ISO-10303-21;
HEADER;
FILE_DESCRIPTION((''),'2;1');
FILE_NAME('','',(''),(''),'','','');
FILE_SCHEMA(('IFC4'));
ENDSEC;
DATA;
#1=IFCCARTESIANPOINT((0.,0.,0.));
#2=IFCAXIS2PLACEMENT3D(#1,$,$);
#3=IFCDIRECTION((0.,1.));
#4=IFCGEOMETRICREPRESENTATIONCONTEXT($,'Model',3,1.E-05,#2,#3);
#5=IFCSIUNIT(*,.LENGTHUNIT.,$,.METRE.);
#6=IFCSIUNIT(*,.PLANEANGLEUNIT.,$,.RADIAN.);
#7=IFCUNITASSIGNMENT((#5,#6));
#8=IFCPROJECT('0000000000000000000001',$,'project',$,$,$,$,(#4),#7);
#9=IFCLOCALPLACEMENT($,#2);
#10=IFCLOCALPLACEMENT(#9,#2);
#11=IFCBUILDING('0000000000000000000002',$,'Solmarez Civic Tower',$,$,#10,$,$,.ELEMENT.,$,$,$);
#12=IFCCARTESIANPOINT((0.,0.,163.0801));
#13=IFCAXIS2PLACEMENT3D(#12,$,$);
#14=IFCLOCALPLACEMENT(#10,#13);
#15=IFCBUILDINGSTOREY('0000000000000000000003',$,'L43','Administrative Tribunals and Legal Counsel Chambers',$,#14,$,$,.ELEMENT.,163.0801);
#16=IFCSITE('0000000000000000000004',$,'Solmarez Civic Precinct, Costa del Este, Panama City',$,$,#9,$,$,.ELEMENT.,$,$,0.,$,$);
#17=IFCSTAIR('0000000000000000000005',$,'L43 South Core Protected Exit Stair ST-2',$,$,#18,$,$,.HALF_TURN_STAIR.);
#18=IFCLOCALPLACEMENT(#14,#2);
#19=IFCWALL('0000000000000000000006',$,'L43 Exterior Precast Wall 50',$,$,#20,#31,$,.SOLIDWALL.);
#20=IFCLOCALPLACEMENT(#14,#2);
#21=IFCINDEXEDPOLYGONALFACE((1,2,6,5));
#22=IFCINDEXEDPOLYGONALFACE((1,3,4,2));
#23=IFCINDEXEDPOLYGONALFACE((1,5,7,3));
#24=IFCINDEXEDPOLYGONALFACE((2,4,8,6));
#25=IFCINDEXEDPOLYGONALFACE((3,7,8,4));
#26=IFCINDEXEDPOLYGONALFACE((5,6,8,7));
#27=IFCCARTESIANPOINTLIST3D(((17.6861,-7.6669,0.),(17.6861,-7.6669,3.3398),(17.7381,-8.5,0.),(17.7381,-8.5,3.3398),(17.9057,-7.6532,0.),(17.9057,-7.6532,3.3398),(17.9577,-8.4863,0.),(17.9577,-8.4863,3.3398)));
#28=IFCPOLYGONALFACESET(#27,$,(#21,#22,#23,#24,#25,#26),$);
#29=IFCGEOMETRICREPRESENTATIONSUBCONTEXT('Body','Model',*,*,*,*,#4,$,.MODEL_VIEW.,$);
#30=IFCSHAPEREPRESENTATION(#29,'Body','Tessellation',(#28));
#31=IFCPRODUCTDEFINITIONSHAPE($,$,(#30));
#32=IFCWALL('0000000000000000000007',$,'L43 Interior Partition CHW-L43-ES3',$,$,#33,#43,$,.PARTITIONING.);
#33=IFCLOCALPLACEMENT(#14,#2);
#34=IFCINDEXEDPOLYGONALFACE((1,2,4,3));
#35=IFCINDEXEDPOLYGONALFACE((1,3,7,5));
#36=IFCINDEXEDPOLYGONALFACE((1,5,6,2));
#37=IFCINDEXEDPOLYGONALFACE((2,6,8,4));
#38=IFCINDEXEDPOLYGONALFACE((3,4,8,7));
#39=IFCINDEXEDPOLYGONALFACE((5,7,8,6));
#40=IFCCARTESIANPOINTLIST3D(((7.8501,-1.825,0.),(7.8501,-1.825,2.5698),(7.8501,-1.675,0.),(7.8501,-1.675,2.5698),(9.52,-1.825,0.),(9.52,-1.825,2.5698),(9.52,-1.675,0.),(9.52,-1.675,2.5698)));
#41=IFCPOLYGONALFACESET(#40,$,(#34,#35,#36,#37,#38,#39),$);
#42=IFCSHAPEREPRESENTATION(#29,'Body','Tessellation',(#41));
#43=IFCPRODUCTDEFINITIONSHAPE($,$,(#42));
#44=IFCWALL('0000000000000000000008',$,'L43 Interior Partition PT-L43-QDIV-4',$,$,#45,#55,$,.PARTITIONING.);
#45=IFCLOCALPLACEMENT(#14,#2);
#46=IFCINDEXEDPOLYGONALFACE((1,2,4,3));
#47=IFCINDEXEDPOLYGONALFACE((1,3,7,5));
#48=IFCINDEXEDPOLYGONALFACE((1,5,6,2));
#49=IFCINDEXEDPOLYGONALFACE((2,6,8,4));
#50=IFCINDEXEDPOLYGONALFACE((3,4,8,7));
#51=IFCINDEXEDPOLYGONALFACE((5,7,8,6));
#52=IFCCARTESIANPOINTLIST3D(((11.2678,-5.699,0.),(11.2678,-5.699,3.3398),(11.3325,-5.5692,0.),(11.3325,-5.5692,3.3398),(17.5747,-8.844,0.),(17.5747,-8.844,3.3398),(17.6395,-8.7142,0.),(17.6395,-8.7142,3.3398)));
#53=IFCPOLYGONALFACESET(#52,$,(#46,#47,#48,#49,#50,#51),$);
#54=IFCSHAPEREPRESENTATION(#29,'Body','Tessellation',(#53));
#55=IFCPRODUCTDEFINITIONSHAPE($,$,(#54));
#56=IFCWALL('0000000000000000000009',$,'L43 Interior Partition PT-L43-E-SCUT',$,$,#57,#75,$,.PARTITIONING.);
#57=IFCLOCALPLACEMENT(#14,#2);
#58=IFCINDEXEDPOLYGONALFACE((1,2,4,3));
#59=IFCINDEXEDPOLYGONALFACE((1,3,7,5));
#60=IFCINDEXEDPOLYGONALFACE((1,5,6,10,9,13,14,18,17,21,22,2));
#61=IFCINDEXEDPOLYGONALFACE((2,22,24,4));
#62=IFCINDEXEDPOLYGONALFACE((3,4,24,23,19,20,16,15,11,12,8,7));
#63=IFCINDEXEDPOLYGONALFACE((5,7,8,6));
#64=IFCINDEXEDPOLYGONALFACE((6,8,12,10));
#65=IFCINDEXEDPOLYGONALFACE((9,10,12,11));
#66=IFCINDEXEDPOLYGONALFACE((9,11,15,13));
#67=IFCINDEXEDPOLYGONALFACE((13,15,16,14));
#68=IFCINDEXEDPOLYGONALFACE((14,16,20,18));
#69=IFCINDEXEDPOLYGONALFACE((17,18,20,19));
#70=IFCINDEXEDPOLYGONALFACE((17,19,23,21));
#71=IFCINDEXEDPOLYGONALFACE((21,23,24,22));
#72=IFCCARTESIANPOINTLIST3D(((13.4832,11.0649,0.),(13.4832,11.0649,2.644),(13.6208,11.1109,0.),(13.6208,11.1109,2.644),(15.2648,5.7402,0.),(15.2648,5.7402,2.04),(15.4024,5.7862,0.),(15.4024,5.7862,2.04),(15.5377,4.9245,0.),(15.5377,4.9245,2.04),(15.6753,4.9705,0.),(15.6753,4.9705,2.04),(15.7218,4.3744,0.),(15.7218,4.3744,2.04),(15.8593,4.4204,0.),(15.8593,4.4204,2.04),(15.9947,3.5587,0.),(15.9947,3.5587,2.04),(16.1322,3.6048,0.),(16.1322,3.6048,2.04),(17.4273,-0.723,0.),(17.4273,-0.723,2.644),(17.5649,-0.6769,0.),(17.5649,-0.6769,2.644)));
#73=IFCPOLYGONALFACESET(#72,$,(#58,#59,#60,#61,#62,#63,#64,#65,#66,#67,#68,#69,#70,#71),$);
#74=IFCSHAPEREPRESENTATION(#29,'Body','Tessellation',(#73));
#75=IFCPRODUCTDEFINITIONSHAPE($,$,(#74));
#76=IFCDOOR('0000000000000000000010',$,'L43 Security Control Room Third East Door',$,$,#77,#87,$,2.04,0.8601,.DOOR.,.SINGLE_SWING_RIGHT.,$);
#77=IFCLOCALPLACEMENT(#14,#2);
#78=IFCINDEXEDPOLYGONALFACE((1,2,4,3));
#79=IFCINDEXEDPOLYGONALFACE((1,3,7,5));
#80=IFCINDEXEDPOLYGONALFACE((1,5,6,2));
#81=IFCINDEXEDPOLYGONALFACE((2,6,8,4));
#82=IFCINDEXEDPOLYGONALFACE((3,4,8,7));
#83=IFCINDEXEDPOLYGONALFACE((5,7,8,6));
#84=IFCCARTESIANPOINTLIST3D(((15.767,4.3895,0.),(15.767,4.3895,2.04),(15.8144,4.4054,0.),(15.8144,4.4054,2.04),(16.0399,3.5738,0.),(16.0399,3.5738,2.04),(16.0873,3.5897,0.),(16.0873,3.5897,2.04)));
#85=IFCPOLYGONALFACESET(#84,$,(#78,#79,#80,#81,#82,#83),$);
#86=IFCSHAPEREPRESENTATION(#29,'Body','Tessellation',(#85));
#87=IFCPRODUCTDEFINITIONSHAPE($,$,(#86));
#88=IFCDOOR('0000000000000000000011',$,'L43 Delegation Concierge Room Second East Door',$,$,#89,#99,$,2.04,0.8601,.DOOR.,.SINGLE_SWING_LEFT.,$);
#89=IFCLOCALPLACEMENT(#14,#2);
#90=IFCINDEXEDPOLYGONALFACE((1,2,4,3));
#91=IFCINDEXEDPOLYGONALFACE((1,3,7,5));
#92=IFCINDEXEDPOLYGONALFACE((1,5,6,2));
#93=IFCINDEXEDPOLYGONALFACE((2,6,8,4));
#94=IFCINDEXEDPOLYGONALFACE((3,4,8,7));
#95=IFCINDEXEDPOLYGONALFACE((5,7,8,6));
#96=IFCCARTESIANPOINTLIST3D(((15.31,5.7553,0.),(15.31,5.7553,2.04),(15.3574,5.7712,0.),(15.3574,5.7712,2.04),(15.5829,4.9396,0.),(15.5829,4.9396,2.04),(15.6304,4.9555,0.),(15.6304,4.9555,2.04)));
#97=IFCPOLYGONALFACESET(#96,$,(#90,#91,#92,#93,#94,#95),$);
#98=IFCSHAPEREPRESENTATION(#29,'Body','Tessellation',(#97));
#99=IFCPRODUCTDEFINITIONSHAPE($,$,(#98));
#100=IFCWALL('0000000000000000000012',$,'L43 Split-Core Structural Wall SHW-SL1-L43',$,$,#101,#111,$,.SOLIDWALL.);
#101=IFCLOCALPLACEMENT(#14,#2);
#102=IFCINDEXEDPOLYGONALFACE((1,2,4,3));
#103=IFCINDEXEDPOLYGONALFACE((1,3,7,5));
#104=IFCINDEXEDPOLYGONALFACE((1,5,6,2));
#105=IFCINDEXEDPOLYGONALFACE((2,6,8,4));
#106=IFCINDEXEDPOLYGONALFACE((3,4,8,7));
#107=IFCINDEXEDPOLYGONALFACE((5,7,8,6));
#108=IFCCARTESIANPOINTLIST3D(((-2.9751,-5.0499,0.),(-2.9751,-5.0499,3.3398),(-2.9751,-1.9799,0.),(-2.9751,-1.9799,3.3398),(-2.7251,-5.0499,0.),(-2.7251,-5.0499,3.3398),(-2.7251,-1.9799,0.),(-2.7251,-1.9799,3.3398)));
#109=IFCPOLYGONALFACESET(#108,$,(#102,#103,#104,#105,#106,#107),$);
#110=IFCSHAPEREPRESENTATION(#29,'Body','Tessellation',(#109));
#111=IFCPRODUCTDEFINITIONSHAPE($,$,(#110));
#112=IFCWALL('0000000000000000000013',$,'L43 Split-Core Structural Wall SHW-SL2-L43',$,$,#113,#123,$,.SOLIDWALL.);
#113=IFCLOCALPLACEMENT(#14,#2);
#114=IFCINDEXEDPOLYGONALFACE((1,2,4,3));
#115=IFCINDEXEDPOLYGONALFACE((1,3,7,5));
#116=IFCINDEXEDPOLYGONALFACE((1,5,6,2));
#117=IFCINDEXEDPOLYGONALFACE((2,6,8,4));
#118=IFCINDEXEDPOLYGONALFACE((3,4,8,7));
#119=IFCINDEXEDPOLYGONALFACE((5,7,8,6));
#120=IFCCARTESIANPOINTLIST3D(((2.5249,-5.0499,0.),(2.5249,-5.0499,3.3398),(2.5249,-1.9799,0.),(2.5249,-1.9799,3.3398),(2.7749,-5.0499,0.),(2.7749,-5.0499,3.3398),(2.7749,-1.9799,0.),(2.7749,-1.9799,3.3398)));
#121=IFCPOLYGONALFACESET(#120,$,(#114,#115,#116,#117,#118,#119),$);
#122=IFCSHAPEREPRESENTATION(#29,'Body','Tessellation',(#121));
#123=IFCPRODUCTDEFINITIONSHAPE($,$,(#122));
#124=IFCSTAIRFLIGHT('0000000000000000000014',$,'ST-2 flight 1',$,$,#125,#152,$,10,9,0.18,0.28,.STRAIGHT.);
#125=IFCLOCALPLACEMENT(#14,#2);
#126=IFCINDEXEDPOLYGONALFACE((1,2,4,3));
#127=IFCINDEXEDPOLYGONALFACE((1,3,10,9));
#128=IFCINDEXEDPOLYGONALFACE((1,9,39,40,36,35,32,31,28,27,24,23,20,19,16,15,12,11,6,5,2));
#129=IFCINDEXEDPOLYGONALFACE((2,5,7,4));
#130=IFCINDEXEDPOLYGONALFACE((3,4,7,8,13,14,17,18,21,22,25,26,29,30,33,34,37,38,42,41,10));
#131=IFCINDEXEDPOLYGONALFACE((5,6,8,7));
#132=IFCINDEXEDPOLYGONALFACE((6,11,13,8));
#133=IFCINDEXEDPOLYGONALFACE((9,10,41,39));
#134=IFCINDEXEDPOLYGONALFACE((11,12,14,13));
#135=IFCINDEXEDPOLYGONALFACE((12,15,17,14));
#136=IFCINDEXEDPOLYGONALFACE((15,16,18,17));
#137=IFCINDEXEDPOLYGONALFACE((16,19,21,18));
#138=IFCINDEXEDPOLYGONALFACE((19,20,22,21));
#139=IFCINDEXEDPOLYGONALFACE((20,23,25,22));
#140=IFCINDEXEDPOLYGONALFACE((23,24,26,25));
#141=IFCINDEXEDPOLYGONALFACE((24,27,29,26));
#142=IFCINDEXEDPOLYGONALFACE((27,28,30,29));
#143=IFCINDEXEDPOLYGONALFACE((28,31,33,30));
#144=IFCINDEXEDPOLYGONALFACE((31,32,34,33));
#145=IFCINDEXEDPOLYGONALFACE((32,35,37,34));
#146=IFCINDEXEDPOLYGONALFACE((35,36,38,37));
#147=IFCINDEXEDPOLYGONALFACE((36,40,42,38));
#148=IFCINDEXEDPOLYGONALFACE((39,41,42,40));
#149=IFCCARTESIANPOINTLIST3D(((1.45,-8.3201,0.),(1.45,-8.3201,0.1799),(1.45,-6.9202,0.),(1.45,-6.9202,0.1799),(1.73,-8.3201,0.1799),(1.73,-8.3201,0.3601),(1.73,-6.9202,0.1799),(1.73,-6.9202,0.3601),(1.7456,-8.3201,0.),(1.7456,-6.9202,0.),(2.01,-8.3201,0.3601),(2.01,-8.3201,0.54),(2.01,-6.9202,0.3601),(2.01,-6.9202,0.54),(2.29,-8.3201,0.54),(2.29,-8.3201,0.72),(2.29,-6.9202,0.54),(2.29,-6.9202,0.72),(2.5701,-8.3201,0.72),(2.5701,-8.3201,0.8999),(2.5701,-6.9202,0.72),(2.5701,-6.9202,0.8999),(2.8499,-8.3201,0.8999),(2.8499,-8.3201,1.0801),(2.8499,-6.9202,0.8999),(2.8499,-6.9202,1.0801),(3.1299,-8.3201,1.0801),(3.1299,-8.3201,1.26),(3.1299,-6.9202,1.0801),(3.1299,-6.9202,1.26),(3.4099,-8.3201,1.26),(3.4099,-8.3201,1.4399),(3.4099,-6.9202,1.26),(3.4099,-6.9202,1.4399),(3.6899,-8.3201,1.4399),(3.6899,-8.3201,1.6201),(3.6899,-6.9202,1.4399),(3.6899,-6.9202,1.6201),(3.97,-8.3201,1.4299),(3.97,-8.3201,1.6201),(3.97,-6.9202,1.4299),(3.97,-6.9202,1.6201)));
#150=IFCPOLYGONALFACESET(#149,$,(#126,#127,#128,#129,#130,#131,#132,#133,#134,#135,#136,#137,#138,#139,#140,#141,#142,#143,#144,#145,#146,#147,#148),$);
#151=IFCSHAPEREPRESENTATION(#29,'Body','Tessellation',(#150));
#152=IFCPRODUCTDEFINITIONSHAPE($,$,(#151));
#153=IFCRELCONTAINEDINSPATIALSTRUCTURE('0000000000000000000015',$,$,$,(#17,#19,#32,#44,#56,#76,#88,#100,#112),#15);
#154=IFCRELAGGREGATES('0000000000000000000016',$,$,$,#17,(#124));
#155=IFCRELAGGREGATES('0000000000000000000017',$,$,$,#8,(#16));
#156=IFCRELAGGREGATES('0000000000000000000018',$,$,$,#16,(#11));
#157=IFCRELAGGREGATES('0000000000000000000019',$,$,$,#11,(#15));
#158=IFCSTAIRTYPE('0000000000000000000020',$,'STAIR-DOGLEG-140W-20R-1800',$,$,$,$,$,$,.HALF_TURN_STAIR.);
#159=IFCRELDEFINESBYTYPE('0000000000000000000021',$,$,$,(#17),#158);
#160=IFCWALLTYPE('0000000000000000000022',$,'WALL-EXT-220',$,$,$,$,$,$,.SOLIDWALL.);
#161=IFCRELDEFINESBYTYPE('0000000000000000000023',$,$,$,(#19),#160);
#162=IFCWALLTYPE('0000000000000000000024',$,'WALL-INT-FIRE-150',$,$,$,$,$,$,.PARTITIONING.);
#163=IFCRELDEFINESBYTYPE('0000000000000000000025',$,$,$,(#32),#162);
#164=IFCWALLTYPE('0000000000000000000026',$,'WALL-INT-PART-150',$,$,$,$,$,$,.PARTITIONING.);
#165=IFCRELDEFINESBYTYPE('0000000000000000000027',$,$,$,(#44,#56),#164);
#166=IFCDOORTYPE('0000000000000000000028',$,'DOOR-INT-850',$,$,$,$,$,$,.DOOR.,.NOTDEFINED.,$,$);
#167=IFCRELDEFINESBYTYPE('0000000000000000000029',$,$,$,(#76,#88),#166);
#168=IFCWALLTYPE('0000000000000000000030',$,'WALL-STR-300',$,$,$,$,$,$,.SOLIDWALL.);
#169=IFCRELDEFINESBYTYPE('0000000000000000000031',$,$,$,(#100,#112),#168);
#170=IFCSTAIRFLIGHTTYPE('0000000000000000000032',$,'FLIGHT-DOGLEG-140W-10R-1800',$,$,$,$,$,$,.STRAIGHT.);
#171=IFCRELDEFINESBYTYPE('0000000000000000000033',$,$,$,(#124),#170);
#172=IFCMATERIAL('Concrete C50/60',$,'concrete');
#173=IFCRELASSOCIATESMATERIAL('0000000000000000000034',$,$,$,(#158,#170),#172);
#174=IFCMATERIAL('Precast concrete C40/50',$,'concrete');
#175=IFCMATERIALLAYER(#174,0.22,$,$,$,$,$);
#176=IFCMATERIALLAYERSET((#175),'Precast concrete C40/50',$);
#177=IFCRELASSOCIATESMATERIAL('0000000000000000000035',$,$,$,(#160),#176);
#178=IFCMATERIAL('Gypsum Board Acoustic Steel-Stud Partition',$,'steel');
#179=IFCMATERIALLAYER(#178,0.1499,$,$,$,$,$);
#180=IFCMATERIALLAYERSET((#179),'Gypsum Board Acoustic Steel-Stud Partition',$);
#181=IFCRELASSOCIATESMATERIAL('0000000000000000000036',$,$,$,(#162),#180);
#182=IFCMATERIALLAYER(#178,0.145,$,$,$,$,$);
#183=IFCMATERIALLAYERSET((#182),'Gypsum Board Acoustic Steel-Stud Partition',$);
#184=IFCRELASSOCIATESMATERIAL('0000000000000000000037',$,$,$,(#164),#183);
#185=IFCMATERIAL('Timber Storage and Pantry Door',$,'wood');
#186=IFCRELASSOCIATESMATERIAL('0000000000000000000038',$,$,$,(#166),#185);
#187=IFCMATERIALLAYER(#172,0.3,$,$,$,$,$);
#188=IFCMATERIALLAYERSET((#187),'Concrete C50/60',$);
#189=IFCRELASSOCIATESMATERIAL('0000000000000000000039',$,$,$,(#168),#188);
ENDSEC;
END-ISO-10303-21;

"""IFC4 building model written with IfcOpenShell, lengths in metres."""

from ifc_helpers import new_model, si_unit, direction, frame, frame_2d, origin, place, context, subcontext, project, spatial, polyline, rectangle, outline, extrude, material, layer, layer_set, type_object, element, fill, aggregate, save


model = new_model("IFC4")

# Units and contexts
model_context = context("Model", 3, precision=1e-05, world=origin(), true_north=direction((0.0, 1.0)))
body_context = subcontext(model_context, "Body", "Model", "MODEL_VIEW")
ifc_project = project(units=[si_unit("LENGTHUNIT", "METRE"), si_unit("PLANEANGLEUNIT", "RADIAN")], contexts=[model_context])

# Site, building, storey
site_placement = place(None, origin())
site = spatial("IfcSite", under=ifc_project, at=site_placement, Name="Solmarez Civic Precinct, Costa del Este, Panama City", CompositionType="ELEMENT", RefElevation=0.0)
building_placement = place(site_placement, origin())
building = spatial("IfcBuilding", under=site, at=building_placement, Name="Solmarez Civic Tower", CompositionType="ELEMENT")
storey_placement = place(building_placement, frame((0.0, 0.0, 163.0801)))
storey = spatial("IfcBuildingStorey", under=building, at=storey_placement, Name="L43", Description="Administrative Tribunals and Legal Counsel Chambers", CompositionType="ELEMENT", Elevation=163.0801)

# Shared definitions
ifc_material_1 = material(Name="Concrete C50/60", Category="concrete")

# Stair
stair_type = type_object("IfcStairType", Name="STAIR-DOGLEG-140W-20R-1800", PredefinedType="HALF_TURN_STAIR", material=ifc_material_1)
stair_1_placement = place(storey_placement, origin())
stair_1 = element("IfcStair", 1, at=stair_1_placement, inside=storey, type_object=stair_type, Name="L43 South Core Protected Exit Stair ST-2", PredefinedType="HALF_TURN_STAIR")

# Walls
ifc_material_2 = material(Name="Precast concrete C40/50", Category="concrete")
ifc_layer_1 = layer(ifc_material_2, 0.22)
ifc_layer_set_1 = layer_set([ifc_layer_1], Name="Precast concrete C40/50")
wall_type_1 = type_object("IfcWallType", Name="WALL-EXT-220", PredefinedType="SOLIDWALL", material=ifc_layer_set_1)
wall_1_placement = place(storey_placement, frame((17.7959, -7.6599, 0.0), z_axis=(0.0, 0.0, 1.0), x_axis=(0.062305, -0.998057, 0.0)))
element("IfcWall", 2, at=wall_1_placement, inside=storey, type_object=wall_type_1, Name="L43 Exterior Precast Wall 50", PredefinedType="SOLIDWALL", context=body_context, shape_type="SweptSolid", body=[
    extrude(rectangle(XDim=0.8347, YDim=0.22, at=frame_2d((0.4175, 0.0))), origin(), (0.0, 0.0, 1.0), 3.3398),
])
ifc_material_3 = material(Name="Gypsum Board Acoustic Steel-Stud Partition", Category="steel")
ifc_layer_2 = layer(ifc_material_3, 0.1499)
ifc_layer_set_2 = layer_set([ifc_layer_2], Name="Gypsum Board Acoustic Steel-Stud Partition")
wall_type_2 = type_object("IfcWallType", Name="WALL-INT-FIRE-150", PredefinedType="PARTITIONING", material=ifc_layer_set_2)
wall_2_placement = place(storey_placement, frame((7.8501, -1.75, 0.0), z_axis=(0.0, 0.0, 1.0), x_axis=(1.0, 0.0, 0.0)))
element("IfcWall", 3, at=wall_2_placement, inside=storey, type_object=wall_type_2, Name="L43 Interior Partition CHW-L43-ES3", PredefinedType="PARTITIONING", context=body_context, shape_type="SweptSolid", body=[
    extrude(rectangle(XDim=1.6699, YDim=0.1499, at=frame_2d((0.835, 0.0))), origin(), (0.0, 0.0, 1.0), 2.5698),
])
ifc_layer_3 = layer(ifc_material_3, 0.145)
ifc_layer_set_3 = layer_set([ifc_layer_3], Name="Gypsum Board Acoustic Steel-Stud Partition")
wall_type_3 = type_object("IfcWallType", Name="WALL-INT-PART-150", PredefinedType="PARTITIONING", material=ifc_layer_set_3)
wall_3_placement = place(storey_placement, frame((11.3, -5.634, 0.0), z_axis=(0.0, 0.0, 1.0), x_axis=(0.894905, -0.446257, 0.0)))
element("IfcWall", 4, at=wall_3_placement, inside=storey, type_object=wall_type_3, Name="L43 Interior Partition PT-L43-QDIV-4", PredefinedType="PARTITIONING", context=body_context, shape_type="SweptSolid", body=[
    extrude(rectangle(XDim=7.0476, YDim=0.145, at=frame_2d((3.5239, 0.0))), origin(), (0.0, 0.0, 1.0), 3.3398),
])

# Wall, openings, doors
wall_4_placement = place(storey_placement, frame((17.4961, -0.7, 0.0), z_axis=(0.0, 0.0, 1.0), x_axis=(-0.3173, 0.948325, 0.0)))
wall_4 = element("IfcWall", 5, at=wall_4_placement, inside=storey, type_object=wall_type_3, Name="L43 Interior Partition PT-L43-E-SCUT", PredefinedType="PARTITIONING", context=body_context, shape_type="SweptSolid", body=[
    extrude(rectangle(XDim=12.4302, YDim=0.145, at=frame_2d((6.2151, 0.0))), origin(), (0.0, 0.0, 1.0), 2.644),
])
opening_1_placement = place(wall_4_placement, frame((4.5149, 0.0, 0.0)))
opening_1 = element("IfcOpeningElement", 6, at=opening_1_placement, cuts=wall_4, PredefinedType="OPENING", context=body_context, shape_type="SweptSolid", body=[
    extrude(rectangle(XDim=0.8601, YDim=2.04, at=frame_2d((0.4302, 1.02))), frame((0.0, 0.0825, 0.0), z_axis=(0.0, -1.0, 0.0), x_axis=(1.0, 0.0, 0.0)), (0.0, 0.0, 1.0), 0.165),
])
opening_2_placement = place(wall_4_placement, frame((5.9551, 0.0, 0.0)))
opening_2 = element("IfcOpeningElement", 7, at=opening_2_placement, cuts=wall_4, PredefinedType="OPENING", context=body_context, shape_type="SweptSolid", body=[
    extrude(rectangle(XDim=0.8601, YDim=2.04, at=frame_2d((0.4302, 1.02))), frame((0.0, 0.0825, 0.0), z_axis=(0.0, -1.0, 0.0), x_axis=(1.0, 0.0, 0.0)), (0.0, 0.0, 1.0), 0.165),
])
ifc_material_4 = material(Name="Timber Storage and Pantry Door", Category="wood")
door_type = type_object("IfcDoorType", Name="DOOR-INT-850", OperationType="NOTDEFINED", PredefinedType="DOOR", material=ifc_material_4)
door_1_placement = place(opening_1_placement, origin())
door_1 = element("IfcDoor", 8, at=door_1_placement, inside=storey, type_object=door_type, Name="L43 Security Control Room Third East Door", OperationType="SINGLE_SWING_RIGHT", OverallHeight=2.04, OverallWidth=0.8601, PredefinedType="DOOR", context=body_context, shape_type="SweptSolid", body=[
    extrude(rectangle(XDim=0.8601, YDim=2.04, at=frame_2d((0.4302, 1.02))), frame((0.0, 0.0249, 0.0), z_axis=(0.0, -1.0, 0.0), x_axis=(1.0, 0.0, 0.0)), (0.0, 0.0, 1.0), 0.05),
])
fill(opening_1, door_1)
door_2_placement = place(opening_2_placement, origin())
door_2 = element("IfcDoor", 9, at=door_2_placement, inside=storey, type_object=door_type, Name="L43 Delegation Concierge Room Second East Door", OperationType="SINGLE_SWING_LEFT", OverallHeight=2.04, OverallWidth=0.8601, PredefinedType="DOOR", context=body_context, shape_type="SweptSolid", body=[
    extrude(rectangle(XDim=0.8601, YDim=2.04, at=frame_2d((0.4302, 1.02))), frame((0.0, 0.0249, 0.0), z_axis=(0.0, -1.0, 0.0), x_axis=(1.0, 0.0, 0.0)), (0.0, 0.0, 1.0), 0.05),
])
fill(opening_2, door_2)

# Walls
ifc_layer_4 = layer(ifc_material_1, 0.3)
ifc_layer_set_4 = layer_set([ifc_layer_4], Name="Concrete C50/60")
wall_type_4 = type_object("IfcWallType", Name="WALL-STR-300", PredefinedType="SOLIDWALL", material=ifc_layer_set_4)
for number, where, z_axis, x_axis, name in (
    (10, (-2.8501, -5.05, 0.0), (0.0, 0.0, 1.0), (0.0, 1.0, 0.0), "L43 Split-Core Structural Wall SHW-SL1-L43"),
    (11, (2.6499, -5.05, 0.0), (0.0, 0.0, 1.0), (0.0, 1.0, 0.0), "L43 Split-Core Structural Wall SHW-SL2-L43"),
):
    element("IfcWall", number, at=place(storey_placement, frame(where, z_axis=z_axis, x_axis=x_axis)), inside=storey, type_object=wall_type_4, Name=name, PredefinedType="SOLIDWALL", context=body_context, shape_type="SweptSolid", body=[
        extrude(rectangle(XDim=3.0701, YDim=0.25, at=frame_2d((1.5352, 0.0))), origin(), (0.0, 0.0, 1.0), 3.3398),
    ])

# Stair flight
stair_flight_type = type_object("IfcStairFlightType", Name="FLIGHT-DOGLEG-140W-10R-1800", PredefinedType="STRAIGHT", material=ifc_material_1)
stair_flight_1_placement = place(storey_placement, frame((1.45, -7.6201, 0.0), z_axis=(0.0, 0.0, 1.0), x_axis=(1.0, 0.0, 0.0)))
stair_flight_1 = element("IfcStairFlight", 12, at=stair_flight_1_placement, type_object=stair_flight_type, Name="ST-2 flight 1", NumberOfRisers=10, NumberOfTreads=9, PredefinedType="STRAIGHT", RiserHeight=0.18, TreadLength=0.28, context=body_context, shape_type="SweptSolid", body=[
    extrude(outline(polyline([(0.0, 0.0), (0.0, 0.1799), (0.28, 0.1799), (0.28, 0.3601), (0.5601, 0.3601), (0.5601, 0.54), (0.8401, 0.54), (0.8401, 0.72), (1.1201, 0.72), (1.1201, 0.8999), (1.3999, 0.8999), (1.3999, 1.0801), (1.6799, 1.0801), (1.6799, 1.26), (1.96, 1.26), (1.96, 1.4399), (2.24, 1.4399), (2.24, 1.6201), (2.52, 1.6201), (2.52, 1.8), (2.52, 1.4299), (0.2957, 0.0), (0.0, 0.0)])), frame((0.0, 0.7, 0.0), z_axis=(0.0, -1.0, 0.0), x_axis=(1.0, 0.0, 0.0)), (0.0, 0.0, 1.0), 1.3999),
])
aggregate(stair_1, [stair_flight_1])

save(model, "model.ifc")
